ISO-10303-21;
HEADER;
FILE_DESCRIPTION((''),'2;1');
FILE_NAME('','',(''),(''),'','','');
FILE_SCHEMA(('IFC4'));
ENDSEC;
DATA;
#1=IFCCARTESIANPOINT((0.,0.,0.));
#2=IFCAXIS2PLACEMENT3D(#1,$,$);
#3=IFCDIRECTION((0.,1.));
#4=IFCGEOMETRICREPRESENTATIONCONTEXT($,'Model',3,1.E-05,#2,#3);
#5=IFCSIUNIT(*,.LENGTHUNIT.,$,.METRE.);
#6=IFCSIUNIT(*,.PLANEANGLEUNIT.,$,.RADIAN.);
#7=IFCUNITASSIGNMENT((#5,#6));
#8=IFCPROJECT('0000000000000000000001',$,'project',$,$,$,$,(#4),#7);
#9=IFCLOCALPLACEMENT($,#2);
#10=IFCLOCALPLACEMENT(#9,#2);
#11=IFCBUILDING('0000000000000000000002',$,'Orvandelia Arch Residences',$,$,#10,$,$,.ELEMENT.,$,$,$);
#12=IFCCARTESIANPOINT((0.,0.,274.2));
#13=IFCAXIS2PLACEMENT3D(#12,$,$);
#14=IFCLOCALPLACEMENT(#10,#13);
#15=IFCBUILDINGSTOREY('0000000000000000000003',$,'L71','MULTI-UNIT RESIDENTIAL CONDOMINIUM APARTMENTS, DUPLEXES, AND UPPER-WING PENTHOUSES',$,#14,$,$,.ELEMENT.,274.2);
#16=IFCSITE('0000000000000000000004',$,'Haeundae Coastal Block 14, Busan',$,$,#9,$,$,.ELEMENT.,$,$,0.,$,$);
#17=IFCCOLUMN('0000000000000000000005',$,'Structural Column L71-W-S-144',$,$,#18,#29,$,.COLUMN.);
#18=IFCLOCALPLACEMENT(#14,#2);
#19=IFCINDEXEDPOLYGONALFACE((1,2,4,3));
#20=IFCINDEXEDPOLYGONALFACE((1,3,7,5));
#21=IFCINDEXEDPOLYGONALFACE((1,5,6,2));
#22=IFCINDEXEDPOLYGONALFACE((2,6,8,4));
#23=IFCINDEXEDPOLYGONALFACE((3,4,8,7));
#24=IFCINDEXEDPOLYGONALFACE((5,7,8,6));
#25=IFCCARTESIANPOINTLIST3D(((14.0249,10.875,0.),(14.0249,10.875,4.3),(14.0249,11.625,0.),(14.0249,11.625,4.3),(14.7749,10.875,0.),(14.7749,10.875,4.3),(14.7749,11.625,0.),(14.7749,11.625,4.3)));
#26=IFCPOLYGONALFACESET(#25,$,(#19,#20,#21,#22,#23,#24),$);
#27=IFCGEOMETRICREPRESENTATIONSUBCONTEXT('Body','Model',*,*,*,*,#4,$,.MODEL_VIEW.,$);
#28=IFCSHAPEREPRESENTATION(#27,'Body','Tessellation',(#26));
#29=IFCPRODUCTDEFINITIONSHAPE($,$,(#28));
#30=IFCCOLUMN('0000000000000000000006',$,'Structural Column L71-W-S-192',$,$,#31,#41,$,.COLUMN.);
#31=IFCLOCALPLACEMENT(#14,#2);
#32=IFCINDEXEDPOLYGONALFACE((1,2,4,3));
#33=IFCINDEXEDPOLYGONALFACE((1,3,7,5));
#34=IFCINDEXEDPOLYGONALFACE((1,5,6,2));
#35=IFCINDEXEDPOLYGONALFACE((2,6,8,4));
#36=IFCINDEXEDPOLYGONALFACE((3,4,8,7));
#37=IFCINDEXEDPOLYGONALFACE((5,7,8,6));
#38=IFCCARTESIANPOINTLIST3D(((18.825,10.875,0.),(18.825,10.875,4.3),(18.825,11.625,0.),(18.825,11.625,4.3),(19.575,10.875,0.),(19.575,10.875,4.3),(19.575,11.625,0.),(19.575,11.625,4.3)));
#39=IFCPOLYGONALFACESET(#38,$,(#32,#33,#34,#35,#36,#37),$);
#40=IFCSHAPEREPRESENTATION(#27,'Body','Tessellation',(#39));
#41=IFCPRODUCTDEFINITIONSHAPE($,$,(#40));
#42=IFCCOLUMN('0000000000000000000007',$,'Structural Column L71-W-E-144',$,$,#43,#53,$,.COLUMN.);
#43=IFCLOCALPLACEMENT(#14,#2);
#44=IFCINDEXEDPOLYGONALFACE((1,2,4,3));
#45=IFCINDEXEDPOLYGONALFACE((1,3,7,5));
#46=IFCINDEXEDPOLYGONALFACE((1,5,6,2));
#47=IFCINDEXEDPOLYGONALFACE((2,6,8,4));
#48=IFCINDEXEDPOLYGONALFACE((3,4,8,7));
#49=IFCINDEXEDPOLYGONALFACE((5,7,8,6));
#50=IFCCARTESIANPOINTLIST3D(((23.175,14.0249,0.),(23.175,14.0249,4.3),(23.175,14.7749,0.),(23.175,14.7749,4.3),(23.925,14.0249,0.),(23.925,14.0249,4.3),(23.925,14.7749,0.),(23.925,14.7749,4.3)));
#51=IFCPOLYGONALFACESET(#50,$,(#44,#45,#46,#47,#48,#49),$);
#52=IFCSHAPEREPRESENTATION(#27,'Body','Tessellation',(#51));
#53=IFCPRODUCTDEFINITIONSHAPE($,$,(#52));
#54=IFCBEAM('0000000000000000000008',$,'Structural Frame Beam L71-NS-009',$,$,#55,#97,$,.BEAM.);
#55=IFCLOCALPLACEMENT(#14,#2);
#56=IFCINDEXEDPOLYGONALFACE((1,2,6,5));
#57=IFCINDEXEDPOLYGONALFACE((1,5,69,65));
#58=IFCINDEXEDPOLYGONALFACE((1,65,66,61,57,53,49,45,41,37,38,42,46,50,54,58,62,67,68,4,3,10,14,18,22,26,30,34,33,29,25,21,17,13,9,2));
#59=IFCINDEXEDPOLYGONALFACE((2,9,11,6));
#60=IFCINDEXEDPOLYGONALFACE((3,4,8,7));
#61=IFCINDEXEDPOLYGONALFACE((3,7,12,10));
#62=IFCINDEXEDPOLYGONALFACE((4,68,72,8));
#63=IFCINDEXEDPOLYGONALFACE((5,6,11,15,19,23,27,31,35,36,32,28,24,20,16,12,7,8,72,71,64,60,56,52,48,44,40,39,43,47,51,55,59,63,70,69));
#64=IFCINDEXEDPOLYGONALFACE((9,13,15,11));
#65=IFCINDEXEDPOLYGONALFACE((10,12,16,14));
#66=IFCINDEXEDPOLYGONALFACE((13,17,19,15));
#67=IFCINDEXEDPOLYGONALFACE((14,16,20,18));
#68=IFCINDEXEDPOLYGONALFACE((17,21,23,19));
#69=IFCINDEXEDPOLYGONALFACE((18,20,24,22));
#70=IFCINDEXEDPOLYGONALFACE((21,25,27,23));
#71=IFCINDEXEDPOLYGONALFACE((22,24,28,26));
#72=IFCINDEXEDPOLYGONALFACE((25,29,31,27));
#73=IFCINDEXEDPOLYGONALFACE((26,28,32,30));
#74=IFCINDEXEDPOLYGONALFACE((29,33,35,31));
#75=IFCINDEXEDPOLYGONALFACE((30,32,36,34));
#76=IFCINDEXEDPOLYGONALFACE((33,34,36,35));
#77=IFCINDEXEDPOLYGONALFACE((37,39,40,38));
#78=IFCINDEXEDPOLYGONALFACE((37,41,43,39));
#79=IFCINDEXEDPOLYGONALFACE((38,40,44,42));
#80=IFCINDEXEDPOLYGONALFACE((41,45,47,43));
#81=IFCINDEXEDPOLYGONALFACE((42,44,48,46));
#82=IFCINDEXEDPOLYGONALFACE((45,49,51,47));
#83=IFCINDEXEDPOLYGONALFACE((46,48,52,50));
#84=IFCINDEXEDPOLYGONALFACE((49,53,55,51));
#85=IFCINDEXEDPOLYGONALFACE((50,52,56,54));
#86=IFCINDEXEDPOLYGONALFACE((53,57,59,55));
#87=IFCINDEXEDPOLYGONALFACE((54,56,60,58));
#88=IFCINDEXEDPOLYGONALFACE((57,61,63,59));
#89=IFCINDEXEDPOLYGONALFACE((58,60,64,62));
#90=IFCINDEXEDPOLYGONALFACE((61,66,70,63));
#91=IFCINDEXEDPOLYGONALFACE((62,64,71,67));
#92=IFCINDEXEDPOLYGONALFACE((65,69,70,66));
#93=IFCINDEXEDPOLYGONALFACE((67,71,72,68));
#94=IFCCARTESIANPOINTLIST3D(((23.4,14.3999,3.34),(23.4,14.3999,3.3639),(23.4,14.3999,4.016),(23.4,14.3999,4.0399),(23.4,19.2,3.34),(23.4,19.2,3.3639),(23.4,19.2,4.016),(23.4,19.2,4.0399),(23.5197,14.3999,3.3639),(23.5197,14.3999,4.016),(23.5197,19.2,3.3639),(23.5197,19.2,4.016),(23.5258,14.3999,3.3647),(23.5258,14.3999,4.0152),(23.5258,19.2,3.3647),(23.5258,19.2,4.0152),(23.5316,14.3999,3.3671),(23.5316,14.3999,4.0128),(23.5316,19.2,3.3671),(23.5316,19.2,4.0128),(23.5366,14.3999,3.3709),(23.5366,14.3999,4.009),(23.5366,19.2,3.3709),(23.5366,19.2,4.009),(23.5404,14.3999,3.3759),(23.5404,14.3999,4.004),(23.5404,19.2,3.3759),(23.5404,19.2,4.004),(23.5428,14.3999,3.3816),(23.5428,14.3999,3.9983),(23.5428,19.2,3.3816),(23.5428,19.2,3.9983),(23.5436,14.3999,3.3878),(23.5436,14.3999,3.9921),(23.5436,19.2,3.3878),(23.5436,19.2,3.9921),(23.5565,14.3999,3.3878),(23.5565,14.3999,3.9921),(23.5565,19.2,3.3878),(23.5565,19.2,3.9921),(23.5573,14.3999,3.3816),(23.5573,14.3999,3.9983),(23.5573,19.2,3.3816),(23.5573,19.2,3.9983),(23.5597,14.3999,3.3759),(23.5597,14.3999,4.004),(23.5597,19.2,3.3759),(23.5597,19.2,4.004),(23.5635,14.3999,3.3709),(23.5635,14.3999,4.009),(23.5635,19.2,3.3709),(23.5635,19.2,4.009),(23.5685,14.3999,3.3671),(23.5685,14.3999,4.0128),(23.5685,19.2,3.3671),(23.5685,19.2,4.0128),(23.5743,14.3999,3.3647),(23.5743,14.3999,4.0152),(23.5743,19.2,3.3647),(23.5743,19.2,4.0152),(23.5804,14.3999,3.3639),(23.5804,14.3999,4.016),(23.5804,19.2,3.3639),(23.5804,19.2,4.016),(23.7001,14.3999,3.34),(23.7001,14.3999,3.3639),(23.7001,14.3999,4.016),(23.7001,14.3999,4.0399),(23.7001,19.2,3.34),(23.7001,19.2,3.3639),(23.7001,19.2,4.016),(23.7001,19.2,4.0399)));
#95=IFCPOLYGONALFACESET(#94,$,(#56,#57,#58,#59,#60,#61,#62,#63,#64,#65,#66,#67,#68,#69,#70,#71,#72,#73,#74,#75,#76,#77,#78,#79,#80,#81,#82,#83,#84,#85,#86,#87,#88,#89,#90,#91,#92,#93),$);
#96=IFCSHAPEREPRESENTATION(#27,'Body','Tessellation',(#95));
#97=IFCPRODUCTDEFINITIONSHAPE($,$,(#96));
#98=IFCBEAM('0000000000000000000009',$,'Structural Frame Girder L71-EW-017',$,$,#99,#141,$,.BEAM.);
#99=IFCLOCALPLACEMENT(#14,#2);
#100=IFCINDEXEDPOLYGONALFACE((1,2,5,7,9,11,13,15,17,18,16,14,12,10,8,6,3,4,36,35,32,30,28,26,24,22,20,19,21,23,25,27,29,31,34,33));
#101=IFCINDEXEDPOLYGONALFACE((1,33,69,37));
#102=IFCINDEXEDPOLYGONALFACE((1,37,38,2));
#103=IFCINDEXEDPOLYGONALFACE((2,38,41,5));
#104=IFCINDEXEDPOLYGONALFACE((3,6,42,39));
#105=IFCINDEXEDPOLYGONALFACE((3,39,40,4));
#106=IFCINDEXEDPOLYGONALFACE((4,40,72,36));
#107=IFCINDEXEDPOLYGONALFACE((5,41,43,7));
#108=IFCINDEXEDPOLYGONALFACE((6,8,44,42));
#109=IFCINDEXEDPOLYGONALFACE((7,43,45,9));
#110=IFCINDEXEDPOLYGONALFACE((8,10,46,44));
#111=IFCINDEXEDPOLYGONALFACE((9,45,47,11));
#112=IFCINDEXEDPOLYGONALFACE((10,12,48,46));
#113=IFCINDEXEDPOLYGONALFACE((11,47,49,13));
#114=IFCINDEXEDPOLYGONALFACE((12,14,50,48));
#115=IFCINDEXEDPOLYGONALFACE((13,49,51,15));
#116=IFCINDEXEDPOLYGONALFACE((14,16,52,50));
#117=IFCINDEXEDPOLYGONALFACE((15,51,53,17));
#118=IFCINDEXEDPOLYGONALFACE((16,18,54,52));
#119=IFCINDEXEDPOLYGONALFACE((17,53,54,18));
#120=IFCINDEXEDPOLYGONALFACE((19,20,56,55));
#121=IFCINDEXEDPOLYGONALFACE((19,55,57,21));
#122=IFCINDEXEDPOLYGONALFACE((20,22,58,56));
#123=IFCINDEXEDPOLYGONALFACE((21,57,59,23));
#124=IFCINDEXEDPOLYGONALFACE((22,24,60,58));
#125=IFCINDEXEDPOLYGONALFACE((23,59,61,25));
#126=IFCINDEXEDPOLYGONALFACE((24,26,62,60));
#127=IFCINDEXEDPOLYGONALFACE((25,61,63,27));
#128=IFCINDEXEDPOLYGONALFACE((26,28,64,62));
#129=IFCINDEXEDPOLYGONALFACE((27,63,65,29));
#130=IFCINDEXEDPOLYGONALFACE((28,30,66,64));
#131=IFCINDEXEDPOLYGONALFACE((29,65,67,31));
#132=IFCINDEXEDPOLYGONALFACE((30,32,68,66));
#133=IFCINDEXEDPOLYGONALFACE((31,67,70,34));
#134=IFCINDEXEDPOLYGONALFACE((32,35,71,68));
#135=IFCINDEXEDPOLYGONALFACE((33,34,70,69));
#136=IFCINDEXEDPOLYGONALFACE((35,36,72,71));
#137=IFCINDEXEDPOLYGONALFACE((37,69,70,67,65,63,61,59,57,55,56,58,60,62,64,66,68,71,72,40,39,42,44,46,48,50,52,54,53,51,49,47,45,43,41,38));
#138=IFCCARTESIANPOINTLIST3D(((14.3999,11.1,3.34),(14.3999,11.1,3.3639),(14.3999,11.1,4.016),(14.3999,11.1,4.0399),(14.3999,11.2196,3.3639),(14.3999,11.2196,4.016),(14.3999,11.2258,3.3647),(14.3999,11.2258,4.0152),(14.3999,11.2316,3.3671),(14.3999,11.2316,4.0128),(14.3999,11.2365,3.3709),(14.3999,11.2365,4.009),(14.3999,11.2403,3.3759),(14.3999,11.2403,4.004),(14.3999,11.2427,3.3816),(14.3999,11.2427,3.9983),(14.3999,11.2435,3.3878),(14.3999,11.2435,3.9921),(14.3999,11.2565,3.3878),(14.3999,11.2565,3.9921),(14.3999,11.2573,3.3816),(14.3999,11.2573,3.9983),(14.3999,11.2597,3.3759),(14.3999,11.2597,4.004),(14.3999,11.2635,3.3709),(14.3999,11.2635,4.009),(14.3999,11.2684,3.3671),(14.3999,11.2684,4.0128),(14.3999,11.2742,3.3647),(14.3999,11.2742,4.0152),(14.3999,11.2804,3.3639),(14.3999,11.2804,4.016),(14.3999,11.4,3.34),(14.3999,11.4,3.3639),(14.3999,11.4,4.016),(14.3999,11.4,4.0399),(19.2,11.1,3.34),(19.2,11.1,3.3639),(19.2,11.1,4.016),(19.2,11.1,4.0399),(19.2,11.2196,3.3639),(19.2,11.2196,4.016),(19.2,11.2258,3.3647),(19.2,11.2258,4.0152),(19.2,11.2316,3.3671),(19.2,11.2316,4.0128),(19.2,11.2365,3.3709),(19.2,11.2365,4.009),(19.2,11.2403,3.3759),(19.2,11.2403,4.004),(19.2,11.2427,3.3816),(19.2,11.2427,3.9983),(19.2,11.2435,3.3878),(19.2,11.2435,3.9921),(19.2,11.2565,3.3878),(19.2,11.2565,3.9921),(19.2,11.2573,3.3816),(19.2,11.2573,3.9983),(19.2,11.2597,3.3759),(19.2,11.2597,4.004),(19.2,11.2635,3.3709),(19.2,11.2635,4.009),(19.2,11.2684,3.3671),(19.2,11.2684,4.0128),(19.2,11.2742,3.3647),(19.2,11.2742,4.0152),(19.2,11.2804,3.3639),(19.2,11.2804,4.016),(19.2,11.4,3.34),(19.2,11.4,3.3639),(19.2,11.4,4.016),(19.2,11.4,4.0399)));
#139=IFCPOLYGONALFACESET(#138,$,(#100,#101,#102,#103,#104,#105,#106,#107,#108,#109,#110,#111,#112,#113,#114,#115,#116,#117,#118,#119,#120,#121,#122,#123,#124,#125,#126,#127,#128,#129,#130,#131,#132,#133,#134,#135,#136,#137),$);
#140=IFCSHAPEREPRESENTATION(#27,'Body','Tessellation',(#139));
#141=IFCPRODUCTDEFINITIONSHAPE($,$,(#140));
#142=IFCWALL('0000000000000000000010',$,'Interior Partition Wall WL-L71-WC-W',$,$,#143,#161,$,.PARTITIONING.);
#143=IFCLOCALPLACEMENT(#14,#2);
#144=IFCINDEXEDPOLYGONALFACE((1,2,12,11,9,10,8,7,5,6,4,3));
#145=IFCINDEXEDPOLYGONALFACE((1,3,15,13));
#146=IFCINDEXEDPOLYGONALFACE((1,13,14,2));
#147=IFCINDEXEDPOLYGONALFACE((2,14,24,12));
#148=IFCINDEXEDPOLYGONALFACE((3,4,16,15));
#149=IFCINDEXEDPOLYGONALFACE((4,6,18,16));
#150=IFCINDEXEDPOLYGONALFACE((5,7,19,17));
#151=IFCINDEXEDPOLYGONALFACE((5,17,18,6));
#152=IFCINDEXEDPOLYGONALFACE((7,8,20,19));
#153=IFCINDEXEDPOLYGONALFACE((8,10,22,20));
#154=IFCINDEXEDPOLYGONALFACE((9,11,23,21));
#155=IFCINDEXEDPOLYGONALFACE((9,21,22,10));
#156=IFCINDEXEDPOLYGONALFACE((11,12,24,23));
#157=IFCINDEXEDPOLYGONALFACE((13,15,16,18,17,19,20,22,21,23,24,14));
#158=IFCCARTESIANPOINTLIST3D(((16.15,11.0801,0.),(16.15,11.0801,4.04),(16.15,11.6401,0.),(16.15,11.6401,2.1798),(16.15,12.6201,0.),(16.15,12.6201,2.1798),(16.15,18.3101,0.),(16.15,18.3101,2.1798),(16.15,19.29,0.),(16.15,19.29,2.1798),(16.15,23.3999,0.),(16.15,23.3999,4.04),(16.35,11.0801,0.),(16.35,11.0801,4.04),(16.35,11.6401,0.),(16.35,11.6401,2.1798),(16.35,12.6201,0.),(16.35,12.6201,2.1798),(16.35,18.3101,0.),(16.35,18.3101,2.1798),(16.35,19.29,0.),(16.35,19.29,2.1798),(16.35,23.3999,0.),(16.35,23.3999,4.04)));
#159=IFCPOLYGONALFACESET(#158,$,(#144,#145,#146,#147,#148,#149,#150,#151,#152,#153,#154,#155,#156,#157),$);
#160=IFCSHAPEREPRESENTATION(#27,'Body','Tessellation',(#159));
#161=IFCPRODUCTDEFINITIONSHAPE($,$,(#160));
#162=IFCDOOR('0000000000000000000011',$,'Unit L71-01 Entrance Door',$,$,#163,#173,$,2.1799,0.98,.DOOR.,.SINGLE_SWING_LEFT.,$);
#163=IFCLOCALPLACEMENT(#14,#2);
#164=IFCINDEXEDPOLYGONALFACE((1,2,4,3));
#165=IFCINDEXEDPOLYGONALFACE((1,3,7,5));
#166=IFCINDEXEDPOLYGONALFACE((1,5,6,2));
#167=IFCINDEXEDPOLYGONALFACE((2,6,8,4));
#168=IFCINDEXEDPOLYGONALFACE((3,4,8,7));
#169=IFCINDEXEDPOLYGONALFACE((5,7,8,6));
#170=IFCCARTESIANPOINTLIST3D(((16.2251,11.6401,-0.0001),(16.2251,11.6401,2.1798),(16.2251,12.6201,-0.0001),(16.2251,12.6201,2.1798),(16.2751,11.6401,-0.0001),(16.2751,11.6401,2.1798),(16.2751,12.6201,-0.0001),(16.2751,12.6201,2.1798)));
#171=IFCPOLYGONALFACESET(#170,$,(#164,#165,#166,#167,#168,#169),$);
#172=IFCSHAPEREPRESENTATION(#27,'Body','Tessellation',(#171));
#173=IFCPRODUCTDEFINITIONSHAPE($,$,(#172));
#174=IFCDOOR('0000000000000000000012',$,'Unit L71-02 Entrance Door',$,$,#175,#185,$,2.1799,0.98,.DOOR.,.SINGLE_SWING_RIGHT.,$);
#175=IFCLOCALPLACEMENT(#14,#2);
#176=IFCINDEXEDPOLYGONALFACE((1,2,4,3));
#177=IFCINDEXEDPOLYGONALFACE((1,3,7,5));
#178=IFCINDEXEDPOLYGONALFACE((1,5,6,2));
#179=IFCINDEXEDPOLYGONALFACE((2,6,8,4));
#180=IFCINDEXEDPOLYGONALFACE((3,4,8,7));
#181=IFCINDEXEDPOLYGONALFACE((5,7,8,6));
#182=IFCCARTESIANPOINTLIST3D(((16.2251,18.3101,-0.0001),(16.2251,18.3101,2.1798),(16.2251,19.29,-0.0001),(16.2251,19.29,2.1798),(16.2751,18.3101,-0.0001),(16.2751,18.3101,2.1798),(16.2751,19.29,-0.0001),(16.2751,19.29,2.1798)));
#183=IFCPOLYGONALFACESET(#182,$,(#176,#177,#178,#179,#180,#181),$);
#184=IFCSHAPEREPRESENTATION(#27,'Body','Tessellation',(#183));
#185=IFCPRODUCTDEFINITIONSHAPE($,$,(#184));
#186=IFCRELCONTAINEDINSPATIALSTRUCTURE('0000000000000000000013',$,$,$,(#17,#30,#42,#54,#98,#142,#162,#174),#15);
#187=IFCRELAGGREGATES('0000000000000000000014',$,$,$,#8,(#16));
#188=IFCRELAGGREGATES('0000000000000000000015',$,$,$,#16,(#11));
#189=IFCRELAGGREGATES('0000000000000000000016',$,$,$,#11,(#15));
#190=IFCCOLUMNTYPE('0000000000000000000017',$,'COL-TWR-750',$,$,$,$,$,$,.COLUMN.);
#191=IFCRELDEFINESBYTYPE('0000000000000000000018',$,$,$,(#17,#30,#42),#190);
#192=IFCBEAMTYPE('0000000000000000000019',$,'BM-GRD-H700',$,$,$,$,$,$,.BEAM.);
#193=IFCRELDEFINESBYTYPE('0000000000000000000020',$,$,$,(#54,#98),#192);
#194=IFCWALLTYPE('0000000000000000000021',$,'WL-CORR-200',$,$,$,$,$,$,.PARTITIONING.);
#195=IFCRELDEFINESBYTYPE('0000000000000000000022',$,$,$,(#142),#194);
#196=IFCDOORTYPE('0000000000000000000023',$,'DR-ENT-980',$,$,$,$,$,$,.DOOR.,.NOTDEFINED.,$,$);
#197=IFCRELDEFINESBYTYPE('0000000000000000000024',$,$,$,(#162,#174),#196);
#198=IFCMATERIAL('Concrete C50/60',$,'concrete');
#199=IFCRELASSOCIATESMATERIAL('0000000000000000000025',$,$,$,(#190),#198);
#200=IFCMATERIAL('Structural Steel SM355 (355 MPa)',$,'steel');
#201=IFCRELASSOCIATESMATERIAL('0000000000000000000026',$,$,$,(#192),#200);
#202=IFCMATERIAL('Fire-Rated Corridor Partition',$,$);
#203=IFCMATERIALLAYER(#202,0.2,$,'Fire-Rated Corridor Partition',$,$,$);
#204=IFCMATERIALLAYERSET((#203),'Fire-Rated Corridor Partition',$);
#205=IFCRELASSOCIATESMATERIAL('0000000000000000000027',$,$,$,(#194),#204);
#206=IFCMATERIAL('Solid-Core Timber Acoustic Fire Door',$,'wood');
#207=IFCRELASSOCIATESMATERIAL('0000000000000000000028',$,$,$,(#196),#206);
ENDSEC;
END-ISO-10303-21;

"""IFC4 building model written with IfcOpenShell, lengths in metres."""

from ifc_helpers import new_model, si_unit, direction, frame, frame_2d, origin, origin_2d, place, context, subcontext, project, spatial, rectangle, i_section, extrude, material, layer, layer_set, material_profile, profile_set, type_object, element, fill, save


model = new_model("IFC4")

# Units and contexts
model_context = context("Model", 3, precision=1e-05, world=origin(), true_north=direction((0.0, 1.0)))
body_context = subcontext(model_context, "Body", "Model", "MODEL_VIEW")
ifc_project = project(units=[si_unit("LENGTHUNIT", "METRE"), si_unit("PLANEANGLEUNIT", "RADIAN")], contexts=[model_context])

# Site, building, storey
site_placement = place(None, origin())
site = spatial("IfcSite", under=ifc_project, at=site_placement, Name="Haeundae Coastal Block 14, Busan", CompositionType="ELEMENT", RefElevation=0.0)
building_placement = place(site_placement, origin())
building = spatial("IfcBuilding", under=site, at=building_placement, Name="Orvandelia Arch Residences", CompositionType="ELEMENT")
storey_placement = place(building_placement, frame((0.0, 0.0, 274.2)))
storey = spatial("IfcBuildingStorey", under=building, at=storey_placement, Name="L71", Description="MULTI-UNIT RESIDENTIAL CONDOMINIUM APARTMENTS, DUPLEXES, AND UPPER-WING PENTHOUSES", CompositionType="ELEMENT", Elevation=274.2)

# Columns
ifc_material_1 = material(Name="Concrete C50/60", Category="concrete")
ifc_material_profile_1 = material_profile(ifc_material_1, rectangle(XDim=0.75, YDim=0.75, at=origin_2d()), Name="Concrete C50/60", Category="concrete")
ifc_profile_set_1 = profile_set([ifc_material_profile_1], Name="Concrete C50/60")
column_type = type_object("IfcColumnType", Name="COL-TWR-750", PredefinedType="COLUMN", material=ifc_profile_set_1)
for number, where, z_axis, x_axis, name in (
    (1, (14.3999, 11.25, 0.0), (0.0, 0.0, 1.0), (1.0, 0.0, 0.0), "Structural Column L71-W-S-144"),
    (2, (19.2, 11.25, 0.0), (0.0, 0.0, 1.0), (1.0, 0.0, 0.0), "Structural Column L71-W-S-192"),
    (3, (23.55, 14.3999, 0.0), (0.0, 0.0, 1.0), (1.0, 0.0, 0.0), "Structural Column L71-W-E-144"),
):
    element("IfcColumn", number, at=place(storey_placement, frame(where, z_axis=z_axis, x_axis=x_axis)), inside=storey, type_object=column_type, Name=name, PredefinedType="COLUMN", context=body_context, shape_type="SweptSolid", body=[
        extrude(rectangle(XDim=0.75, YDim=0.75, at=origin_2d()), origin(), (0.0, 0.0, 1.0), 4.3),
    ])

# Beams
ifc_material_2 = material(Name="Structural Steel SM355 (355 MPa)", Category="steel")
ifc_material_profile_2 = material_profile(ifc_material_2, i_section(OverallWidth=0.3, OverallDepth=0.7, WebThickness=0.0129, FlangeThickness=0.0239, FilletRadius=0.0239, at=origin_2d()), Name="Structural Steel SM355 (355 MPa)", Category="steel")
ifc_profile_set_2 = profile_set([ifc_material_profile_2], Name="Structural Steel SM355 (355 MPa)")
beam_type = type_object("IfcBeamType", Name="BM-GRD-H700", PredefinedType="BEAM", material=ifc_profile_set_2)
for number, where, z_axis, x_axis, name in (
    (4, (23.55, 14.3999, 3.6899), (0.0, 1.0, 0.0), (-1.0, 0.0, 0.0), "Structural Frame Beam L71-NS-009"),
    (5, (14.3999, 11.25, 3.6899), (1.0, 0.0, 0.0), (0.0, 1.0, 0.0), "Structural Frame Girder L71-EW-017"),
):
    element("IfcBeam", number, at=place(storey_placement, frame(where, z_axis=z_axis, x_axis=x_axis)), inside=storey, type_object=beam_type, Name=name, PredefinedType="BEAM", context=body_context, shape_type="SweptSolid", body=[
        extrude(i_section(OverallWidth=0.3, OverallDepth=0.7, WebThickness=0.0129, FlangeThickness=0.0239, FilletRadius=0.0239, at=origin_2d()), origin(), (0.0, 0.0, 1.0), 4.8),
    ])

# Wall, openings, doors
ifc_material_3 = material(Name="Fire-Rated Corridor Partition")
ifc_layer_1 = layer(ifc_material_3, 0.2, Name="Fire-Rated Corridor Partition")
ifc_layer_set_1 = layer_set([ifc_layer_1], Name="Fire-Rated Corridor Partition")
wall_type_1 = type_object("IfcWallType", Name="WL-CORR-200", PredefinedType="PARTITIONING", material=ifc_layer_set_1)
wall_1_placement = place(storey_placement, frame((16.25, 11.0801, 0.0), z_axis=(0.0, 0.0, 1.0), x_axis=(0.0, 1.0, 0.0)))
wall_1 = element("IfcWall", 6, at=wall_1_placement, inside=storey, type_object=wall_type_1, Name="Interior Partition Wall WL-L71-WC-W", PredefinedType="PARTITIONING", context=body_context, shape_type="SweptSolid", body=[
    extrude(rectangle(XDim=12.3198, YDim=0.2, at=frame_2d((6.1599, 0.0))), origin(), (0.0, 0.0, 1.0), 4.04),
])
opening_1_placement = place(wall_1_placement, frame((0.5601, 0.0, 0.0)))
opening_1 = element("IfcOpeningElement", 7, at=opening_1_placement, cuts=wall_1, PredefinedType="OPENING", context=body_context, shape_type="SweptSolid", body=[
    extrude(rectangle(XDim=0.98, YDim=2.1799, at=frame_2d((0.49, 1.0898))), frame((0.0, 0.1099, 0.0), z_axis=(0.0, -1.0, 0.0), x_axis=(1.0, 0.0, 0.0)), (0.0, 0.0, 1.0), 0.22),
])
opening_2_placement = place(wall_1_placement, frame((7.23, 0.0, 0.0)))
opening_2 = element("IfcOpeningElement", 8, at=opening_2_placement, cuts=wall_1, PredefinedType="OPENING", context=body_context, shape_type="SweptSolid", body=[
    extrude(rectangle(XDim=0.98, YDim=2.1799, at=frame_2d((0.49, 1.0898))), frame((0.0, 0.1099, 0.0), z_axis=(0.0, -1.0, 0.0), x_axis=(1.0, 0.0, 0.0)), (0.0, 0.0, 1.0), 0.22),
])
ifc_material_4 = material(Name="Solid-Core Timber Acoustic Fire Door", Category="wood")
door_type_1 = type_object("IfcDoorType", Name="DR-ENT-980", OperationType="NOTDEFINED", PredefinedType="DOOR", material=ifc_material_4)
door_1_placement = place(opening_1_placement, origin())
door_1 = element("IfcDoor", 9, at=door_1_placement, inside=storey, type_object=door_type_1, Name="Unit L71-01 Entrance Door", OperationType="SINGLE_SWING_LEFT", OverallHeight=2.1799, OverallWidth=0.98, PredefinedType="DOOR", context=body_context, shape_type="SweptSolid", body=[
    extrude(rectangle(XDim=0.98, YDim=2.1799, at=frame_2d((0.49, 1.0898))), frame((0.0, 0.0249, 0.0), z_axis=(0.0, -1.0, 0.0), x_axis=(1.0, 0.0, 0.0)), (0.0, 0.0, 1.0), 0.05),
])
fill(opening_1, door_1)
door_2_placement = place(opening_2_placement, origin())
door_2 = element("IfcDoor", 10, at=door_2_placement, inside=storey, type_object=door_type_1, Name="Unit L71-02 Entrance Door", OperationType="SINGLE_SWING_RIGHT", OverallHeight=2.1799, OverallWidth=0.98, PredefinedType="DOOR", context=body_context, shape_type="SweptSolid", body=[
    extrude(rectangle(XDim=0.98, YDim=2.1799, at=frame_2d((0.49, 1.0898))), frame((0.0, 0.0249, 0.0), z_axis=(0.0, -1.0, 0.0), x_axis=(1.0, 0.0, 0.0)), (0.0, 0.0, 1.0), 0.05),
])
fill(opening_2, door_2)

save(model, "model.ifc")
